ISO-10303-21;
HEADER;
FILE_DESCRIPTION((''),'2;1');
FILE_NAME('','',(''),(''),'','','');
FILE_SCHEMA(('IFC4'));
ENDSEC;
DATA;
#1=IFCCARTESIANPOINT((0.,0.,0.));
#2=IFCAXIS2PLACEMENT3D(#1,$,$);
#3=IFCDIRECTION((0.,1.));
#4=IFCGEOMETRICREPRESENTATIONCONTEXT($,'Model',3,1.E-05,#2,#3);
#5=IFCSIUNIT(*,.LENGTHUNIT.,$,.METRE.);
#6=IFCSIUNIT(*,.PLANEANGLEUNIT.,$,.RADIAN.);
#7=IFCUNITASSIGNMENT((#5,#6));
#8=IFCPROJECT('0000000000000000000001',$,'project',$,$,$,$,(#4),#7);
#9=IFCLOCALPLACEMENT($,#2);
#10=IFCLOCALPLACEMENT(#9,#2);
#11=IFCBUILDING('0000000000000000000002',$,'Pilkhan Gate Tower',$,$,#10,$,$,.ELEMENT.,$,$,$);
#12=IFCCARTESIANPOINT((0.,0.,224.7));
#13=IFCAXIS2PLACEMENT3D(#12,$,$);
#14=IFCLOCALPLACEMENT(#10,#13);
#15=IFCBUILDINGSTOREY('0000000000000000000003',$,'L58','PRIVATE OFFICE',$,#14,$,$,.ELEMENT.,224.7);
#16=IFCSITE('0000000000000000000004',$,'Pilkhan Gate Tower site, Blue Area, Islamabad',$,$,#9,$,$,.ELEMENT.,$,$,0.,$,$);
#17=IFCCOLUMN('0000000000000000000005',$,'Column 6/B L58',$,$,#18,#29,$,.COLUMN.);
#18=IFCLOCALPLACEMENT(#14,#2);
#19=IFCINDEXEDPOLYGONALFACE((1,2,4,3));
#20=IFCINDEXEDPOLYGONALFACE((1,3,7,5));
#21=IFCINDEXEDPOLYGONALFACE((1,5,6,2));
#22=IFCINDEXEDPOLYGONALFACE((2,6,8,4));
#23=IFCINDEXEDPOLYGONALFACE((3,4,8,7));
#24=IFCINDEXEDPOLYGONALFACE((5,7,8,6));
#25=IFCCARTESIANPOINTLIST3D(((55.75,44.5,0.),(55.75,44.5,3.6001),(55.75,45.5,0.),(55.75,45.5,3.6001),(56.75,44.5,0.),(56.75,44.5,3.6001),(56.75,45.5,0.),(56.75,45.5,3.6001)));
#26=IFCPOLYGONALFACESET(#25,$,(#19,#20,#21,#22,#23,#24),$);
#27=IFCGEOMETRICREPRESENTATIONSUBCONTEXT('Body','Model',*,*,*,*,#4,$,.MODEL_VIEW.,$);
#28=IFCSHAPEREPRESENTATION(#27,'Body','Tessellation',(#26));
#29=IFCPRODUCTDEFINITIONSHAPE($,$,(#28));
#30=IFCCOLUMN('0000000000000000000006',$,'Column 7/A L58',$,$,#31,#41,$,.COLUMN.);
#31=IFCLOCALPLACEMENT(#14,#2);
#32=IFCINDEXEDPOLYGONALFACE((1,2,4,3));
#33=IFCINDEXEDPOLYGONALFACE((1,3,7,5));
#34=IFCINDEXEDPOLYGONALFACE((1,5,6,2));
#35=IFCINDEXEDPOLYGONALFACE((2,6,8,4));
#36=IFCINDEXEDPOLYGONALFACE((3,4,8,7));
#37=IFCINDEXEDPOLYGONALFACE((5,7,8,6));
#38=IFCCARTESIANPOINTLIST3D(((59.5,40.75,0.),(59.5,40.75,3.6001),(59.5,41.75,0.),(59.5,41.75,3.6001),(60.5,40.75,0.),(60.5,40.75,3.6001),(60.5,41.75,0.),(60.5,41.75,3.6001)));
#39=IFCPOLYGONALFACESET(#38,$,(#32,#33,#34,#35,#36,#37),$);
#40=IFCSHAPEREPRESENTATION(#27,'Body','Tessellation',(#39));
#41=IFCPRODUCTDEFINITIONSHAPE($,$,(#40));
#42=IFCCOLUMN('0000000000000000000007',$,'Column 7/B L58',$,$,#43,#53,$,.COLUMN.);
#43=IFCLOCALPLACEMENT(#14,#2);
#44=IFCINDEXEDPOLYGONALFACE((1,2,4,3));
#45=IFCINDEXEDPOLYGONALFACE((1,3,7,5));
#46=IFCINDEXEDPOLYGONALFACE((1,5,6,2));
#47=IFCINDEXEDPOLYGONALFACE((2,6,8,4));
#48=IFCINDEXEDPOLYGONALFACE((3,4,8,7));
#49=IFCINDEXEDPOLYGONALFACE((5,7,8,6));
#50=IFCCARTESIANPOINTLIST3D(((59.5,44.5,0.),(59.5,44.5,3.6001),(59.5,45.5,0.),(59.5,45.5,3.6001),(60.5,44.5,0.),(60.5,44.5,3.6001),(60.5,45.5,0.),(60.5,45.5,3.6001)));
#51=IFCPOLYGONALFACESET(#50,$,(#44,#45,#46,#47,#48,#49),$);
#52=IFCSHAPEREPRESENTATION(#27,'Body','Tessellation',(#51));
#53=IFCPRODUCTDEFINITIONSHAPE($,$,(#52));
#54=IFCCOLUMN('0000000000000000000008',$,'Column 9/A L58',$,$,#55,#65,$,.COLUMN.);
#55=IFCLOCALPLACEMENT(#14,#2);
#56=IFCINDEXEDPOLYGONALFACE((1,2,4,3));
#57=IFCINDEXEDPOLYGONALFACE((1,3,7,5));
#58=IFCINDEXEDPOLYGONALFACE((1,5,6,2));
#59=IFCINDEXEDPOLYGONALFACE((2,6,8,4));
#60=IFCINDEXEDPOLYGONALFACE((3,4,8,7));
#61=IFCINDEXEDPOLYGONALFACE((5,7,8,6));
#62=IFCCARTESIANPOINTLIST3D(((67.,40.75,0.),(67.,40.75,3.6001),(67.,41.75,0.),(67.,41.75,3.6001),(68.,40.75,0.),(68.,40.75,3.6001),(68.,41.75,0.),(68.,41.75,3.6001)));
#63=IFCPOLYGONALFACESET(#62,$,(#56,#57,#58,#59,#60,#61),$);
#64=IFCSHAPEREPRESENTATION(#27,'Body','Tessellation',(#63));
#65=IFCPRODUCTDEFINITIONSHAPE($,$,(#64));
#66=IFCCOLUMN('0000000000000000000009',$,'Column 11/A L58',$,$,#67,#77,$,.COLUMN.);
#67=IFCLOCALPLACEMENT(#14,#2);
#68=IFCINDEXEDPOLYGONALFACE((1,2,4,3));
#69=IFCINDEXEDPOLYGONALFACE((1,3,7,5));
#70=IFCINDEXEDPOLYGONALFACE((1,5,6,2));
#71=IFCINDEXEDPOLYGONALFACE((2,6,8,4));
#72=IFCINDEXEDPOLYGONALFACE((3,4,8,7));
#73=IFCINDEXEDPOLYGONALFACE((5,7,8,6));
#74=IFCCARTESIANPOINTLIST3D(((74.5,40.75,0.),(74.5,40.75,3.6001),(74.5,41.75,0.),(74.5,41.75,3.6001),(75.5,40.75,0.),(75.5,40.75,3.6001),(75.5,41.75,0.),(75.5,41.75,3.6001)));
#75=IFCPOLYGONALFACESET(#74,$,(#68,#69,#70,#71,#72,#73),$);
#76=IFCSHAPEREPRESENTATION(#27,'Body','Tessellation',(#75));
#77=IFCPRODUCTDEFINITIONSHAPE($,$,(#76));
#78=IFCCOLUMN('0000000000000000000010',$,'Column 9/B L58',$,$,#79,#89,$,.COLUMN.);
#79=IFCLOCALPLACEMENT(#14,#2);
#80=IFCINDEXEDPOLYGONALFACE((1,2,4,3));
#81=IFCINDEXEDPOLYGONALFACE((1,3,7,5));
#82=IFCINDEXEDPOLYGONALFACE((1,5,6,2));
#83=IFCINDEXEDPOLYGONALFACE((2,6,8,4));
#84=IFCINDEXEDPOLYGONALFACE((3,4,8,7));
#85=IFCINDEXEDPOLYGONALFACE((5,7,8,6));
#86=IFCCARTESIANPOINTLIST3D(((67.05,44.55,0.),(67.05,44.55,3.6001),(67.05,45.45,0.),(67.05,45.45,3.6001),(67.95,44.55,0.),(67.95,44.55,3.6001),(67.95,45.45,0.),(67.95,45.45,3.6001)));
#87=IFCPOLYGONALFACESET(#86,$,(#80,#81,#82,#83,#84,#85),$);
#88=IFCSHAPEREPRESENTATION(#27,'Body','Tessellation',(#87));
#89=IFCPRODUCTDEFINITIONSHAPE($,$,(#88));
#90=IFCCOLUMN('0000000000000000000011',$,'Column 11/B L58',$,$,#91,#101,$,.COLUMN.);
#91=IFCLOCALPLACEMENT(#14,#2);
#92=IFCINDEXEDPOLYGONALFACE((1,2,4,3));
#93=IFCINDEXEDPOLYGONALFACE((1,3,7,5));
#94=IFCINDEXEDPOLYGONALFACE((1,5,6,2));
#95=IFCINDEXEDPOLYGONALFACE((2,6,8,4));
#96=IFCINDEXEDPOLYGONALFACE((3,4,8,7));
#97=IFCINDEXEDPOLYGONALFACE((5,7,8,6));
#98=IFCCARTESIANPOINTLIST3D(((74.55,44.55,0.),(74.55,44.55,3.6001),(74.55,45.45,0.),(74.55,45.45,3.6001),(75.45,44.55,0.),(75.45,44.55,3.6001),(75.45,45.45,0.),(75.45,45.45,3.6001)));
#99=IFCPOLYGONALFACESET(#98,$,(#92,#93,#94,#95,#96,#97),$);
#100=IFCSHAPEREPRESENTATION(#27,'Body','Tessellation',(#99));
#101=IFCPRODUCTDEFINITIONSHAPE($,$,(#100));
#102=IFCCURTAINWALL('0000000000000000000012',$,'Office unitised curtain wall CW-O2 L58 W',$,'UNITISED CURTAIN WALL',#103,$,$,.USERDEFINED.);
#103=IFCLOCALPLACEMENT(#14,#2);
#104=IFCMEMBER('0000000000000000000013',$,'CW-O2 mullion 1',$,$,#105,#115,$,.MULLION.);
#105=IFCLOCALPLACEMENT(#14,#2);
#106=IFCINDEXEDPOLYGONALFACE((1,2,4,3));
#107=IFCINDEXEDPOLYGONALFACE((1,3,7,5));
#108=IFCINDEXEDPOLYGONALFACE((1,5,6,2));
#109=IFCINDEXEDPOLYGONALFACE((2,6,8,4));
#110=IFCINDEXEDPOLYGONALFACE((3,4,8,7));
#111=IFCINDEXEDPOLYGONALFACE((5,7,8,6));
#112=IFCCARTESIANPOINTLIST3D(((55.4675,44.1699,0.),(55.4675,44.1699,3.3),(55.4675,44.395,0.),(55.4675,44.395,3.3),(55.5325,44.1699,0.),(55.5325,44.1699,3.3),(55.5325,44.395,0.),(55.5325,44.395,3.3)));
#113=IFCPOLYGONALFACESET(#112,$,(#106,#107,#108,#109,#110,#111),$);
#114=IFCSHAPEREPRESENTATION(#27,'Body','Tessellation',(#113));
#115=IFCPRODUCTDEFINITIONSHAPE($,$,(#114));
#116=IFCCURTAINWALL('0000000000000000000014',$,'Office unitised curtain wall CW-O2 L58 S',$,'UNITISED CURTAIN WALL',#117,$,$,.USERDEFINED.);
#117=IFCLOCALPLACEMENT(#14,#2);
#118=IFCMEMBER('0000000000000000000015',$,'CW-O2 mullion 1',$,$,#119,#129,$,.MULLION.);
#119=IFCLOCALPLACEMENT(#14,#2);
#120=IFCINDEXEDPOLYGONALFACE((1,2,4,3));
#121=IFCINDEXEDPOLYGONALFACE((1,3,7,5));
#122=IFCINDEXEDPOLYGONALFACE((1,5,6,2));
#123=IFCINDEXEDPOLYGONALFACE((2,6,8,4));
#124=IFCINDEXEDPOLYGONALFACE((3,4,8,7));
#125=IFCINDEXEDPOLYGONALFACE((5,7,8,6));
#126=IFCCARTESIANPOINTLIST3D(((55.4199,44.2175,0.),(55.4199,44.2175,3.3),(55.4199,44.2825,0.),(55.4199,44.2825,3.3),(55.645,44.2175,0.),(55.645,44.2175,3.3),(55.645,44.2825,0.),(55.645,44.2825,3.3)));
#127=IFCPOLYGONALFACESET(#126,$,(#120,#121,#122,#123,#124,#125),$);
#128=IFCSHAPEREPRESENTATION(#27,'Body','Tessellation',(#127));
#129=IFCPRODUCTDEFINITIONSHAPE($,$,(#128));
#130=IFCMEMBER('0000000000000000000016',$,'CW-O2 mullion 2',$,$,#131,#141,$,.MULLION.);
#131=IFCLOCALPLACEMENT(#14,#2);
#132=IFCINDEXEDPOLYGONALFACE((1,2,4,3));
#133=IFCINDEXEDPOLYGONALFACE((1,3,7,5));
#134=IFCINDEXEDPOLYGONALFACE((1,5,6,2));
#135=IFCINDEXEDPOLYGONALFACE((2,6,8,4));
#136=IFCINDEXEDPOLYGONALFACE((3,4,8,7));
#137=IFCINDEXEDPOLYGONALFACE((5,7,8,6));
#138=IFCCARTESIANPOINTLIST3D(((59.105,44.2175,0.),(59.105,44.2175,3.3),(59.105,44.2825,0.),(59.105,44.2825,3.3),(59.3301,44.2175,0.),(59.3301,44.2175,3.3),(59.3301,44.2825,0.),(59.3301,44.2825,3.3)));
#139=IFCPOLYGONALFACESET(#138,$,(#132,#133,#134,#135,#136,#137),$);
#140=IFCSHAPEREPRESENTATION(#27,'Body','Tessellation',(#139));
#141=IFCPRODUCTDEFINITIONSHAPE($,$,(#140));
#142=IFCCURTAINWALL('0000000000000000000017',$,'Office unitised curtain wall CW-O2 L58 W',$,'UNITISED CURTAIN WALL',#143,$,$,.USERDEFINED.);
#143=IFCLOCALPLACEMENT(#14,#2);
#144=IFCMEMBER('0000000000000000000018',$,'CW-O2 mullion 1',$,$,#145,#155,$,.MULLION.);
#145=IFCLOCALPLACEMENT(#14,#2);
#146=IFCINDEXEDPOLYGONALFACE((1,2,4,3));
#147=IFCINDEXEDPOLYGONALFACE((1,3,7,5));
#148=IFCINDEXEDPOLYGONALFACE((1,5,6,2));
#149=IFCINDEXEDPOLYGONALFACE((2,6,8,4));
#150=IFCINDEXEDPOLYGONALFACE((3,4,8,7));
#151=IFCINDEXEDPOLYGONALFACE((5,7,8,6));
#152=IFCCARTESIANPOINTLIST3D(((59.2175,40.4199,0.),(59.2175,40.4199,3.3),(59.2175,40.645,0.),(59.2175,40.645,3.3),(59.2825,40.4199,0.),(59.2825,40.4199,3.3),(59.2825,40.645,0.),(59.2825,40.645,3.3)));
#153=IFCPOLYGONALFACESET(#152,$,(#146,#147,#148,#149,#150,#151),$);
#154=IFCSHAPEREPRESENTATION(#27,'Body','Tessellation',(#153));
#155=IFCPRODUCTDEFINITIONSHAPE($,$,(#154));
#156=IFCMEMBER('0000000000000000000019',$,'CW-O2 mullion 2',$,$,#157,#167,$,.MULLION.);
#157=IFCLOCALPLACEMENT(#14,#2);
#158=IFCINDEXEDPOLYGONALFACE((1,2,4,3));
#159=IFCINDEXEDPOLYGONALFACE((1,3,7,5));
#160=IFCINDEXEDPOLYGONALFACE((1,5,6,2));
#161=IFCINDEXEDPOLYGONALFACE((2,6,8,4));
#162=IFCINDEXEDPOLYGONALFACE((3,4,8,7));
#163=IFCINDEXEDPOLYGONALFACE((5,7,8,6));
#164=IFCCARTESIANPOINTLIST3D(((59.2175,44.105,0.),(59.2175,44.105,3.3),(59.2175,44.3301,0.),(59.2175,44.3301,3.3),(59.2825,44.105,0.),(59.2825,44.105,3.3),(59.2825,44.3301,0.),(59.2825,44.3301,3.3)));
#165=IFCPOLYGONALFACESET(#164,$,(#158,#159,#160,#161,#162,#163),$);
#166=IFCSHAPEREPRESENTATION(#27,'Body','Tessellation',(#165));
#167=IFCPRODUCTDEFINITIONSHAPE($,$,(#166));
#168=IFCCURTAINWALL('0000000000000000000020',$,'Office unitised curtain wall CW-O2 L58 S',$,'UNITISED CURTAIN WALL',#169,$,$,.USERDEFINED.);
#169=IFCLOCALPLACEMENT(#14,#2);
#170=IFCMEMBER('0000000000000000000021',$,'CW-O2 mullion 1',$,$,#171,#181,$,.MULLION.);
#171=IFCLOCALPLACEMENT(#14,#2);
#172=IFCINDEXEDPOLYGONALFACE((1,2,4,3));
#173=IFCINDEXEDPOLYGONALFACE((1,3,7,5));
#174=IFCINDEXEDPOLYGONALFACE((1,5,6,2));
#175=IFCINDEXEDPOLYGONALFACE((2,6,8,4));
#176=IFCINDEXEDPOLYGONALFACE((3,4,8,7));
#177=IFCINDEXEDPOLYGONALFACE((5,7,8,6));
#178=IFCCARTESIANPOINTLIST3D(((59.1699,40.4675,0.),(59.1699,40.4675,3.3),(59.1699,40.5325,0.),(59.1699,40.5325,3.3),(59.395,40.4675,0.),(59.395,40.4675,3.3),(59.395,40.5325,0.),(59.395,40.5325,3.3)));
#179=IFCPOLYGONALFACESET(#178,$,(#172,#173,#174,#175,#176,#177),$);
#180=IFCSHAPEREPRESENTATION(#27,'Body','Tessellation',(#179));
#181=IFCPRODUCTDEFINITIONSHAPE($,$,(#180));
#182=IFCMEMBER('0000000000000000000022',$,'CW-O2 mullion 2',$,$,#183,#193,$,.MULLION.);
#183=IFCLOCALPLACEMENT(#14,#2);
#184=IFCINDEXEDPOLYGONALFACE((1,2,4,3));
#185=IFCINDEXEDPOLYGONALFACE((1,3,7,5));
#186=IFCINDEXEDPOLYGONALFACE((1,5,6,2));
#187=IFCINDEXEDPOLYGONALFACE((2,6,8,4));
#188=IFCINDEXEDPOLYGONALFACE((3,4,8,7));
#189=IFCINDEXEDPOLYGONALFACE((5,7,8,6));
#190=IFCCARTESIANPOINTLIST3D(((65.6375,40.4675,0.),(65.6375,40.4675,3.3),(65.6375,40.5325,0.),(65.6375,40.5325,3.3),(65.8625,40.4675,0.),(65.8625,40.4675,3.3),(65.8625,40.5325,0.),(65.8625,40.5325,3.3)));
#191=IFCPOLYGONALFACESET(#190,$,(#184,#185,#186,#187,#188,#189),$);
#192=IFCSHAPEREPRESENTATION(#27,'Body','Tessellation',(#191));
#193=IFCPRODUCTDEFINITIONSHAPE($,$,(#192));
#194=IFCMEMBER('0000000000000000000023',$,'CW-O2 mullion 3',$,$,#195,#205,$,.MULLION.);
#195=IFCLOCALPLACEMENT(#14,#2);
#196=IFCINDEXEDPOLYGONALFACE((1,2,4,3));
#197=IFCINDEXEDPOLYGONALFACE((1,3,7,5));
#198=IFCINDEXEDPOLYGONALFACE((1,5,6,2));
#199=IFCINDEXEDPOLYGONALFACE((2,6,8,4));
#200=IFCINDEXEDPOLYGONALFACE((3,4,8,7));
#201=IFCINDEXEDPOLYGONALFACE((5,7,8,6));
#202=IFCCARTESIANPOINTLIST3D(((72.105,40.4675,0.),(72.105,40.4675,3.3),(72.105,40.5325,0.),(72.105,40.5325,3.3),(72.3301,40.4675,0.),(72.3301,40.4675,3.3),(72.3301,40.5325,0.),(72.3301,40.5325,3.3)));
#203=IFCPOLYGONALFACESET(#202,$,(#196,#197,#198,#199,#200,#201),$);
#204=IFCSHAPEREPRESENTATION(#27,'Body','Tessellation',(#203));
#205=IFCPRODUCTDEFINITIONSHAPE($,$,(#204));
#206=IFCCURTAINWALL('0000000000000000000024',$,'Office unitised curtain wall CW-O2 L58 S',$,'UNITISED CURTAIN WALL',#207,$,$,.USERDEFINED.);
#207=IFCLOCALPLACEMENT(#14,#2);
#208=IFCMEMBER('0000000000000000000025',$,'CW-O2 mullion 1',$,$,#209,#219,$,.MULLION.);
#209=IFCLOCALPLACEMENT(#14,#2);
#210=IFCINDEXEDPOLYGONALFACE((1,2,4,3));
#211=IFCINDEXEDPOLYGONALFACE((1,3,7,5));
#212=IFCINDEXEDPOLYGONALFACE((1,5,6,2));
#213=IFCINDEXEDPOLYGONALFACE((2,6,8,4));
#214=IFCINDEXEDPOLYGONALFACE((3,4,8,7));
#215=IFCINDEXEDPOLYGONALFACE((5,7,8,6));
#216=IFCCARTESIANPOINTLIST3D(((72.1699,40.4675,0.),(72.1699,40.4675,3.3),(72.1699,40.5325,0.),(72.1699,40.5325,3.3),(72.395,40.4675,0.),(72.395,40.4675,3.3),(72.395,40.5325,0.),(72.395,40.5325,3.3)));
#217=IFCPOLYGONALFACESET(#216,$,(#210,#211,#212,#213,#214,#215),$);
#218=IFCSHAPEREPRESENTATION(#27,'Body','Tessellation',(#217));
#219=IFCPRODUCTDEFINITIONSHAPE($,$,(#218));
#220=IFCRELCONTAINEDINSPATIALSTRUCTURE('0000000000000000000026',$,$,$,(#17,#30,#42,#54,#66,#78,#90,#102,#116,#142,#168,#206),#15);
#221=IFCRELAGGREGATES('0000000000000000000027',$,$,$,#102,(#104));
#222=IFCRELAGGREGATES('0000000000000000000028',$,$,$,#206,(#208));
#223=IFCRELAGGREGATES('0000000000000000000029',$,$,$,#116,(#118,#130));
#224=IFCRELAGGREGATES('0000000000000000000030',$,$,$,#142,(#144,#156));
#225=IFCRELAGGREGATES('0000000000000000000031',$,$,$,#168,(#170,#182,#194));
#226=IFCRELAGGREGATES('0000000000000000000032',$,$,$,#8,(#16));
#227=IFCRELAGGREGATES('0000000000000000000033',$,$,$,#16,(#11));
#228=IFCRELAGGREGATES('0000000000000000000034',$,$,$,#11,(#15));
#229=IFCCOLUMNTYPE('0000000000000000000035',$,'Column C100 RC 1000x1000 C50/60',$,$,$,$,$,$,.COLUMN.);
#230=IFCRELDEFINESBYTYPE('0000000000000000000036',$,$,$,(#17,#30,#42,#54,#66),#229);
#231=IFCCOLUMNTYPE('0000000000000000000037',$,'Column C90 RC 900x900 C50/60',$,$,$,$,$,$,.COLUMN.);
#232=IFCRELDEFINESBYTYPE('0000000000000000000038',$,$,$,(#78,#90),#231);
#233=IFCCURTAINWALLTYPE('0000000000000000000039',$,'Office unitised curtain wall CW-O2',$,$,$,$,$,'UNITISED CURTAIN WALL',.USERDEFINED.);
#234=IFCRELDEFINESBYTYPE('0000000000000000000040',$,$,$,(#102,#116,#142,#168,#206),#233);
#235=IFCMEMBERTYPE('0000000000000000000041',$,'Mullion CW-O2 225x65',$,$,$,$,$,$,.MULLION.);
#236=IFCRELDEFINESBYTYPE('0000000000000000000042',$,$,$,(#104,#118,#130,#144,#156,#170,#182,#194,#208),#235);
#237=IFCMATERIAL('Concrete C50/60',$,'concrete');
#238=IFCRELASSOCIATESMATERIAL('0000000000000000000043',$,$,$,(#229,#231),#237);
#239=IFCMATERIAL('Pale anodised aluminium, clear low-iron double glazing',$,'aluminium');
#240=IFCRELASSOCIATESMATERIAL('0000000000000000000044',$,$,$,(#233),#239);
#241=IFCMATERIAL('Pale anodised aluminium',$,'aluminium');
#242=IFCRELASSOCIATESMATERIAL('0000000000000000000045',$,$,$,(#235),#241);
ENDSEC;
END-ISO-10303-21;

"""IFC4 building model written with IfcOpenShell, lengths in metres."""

from ifc_helpers import new_model, si_unit, direction, frame, origin, origin_2d, place, context, subcontext, project, spatial, rectangle, extrude, material, material_profile, profile_set, type_object, element, aggregate, save


model = new_model("IFC4")

# Units and contexts
model_context = context("Model", 3, precision=1e-05, world=origin(), true_north=direction((0.0, 1.0)))
body_context = subcontext(model_context, "Body", "Model", "MODEL_VIEW")
ifc_project = project(units=[si_unit("LENGTHUNIT", "METRE"), si_unit("PLANEANGLEUNIT", "RADIAN")], contexts=[model_context])

# Site, building, storey
site_placement = place(None, origin())
site = spatial("IfcSite", under=ifc_project, at=site_placement, Name="Pilkhan Gate Tower site, Blue Area, Islamabad", CompositionType="ELEMENT", RefElevation=0.0)
building_placement = place(site_placement, origin())
building = spatial("IfcBuilding", under=site, at=building_placement, Name="Pilkhan Gate Tower", CompositionType="ELEMENT")
storey_placement = place(building_placement, frame((0.0, 0.0, 224.7)))
storey = spatial("IfcBuildingStorey", under=building, at=storey_placement, Name="L58", Description="PRIVATE OFFICE", CompositionType="ELEMENT", Elevation=224.7)

# Columns
ifc_material_1 = material(Name="Concrete C50/60", Category="concrete")
ifc_material_profile_1 = material_profile(ifc_material_1, rectangle(XDim=1.0, YDim=1.0, at=origin_2d()), Name="RC 1000x1000")
ifc_profile_set_1 = profile_set([ifc_material_profile_1], Name="Concrete C50/60")
column_type_1 = type_object("IfcColumnType", Name="Column C100 RC 1000x1000 C50/60", PredefinedType="COLUMN", material=ifc_profile_set_1)
for number, where, z_axis, x_axis, name in (
    (1, (56.25, 45.0, 0.0), (0.0, 0.0, 1.0), (1.0, 0.0, 0.0), "Column 6/B L58"),
    (2, (60.0, 41.25, 0.0), (0.0, 0.0, 1.0), (1.0, 0.0, 0.0), "Column 7/A L58"),
    (3, (60.0, 45.0, 0.0), (0.0, 0.0, 1.0), (1.0, 0.0, 0.0), "Column 7/B L58"),
    (4, (67.5, 41.25, 0.0), (0.0, 0.0, 1.0), (1.0, 0.0, 0.0), "Column 9/A L58"),
    (5, (75.0, 41.25, 0.0), (0.0, 0.0, 1.0), (1.0, 0.0, 0.0), "Column 11/A L58"),
):
    element("IfcColumn", number, at=place(storey_placement, frame(where, z_axis=z_axis, x_axis=x_axis)), inside=storey, type_object=column_type_1, Name=name, PredefinedType="COLUMN", context=body_context, shape_type="SweptSolid", body=[
        extrude(rectangle(XDim=1.0, YDim=1.0, at=origin_2d()), origin(), (0.0, 0.0, 1.0), 3.6001),
    ])
ifc_material_profile_2 = material_profile(ifc_material_1, rectangle(XDim=0.8999, YDim=0.8999, at=origin_2d()), Name="RC 900x900")
ifc_profile_set_2 = profile_set([ifc_material_profile_2], Name="Concrete C50/60")
column_type_2 = type_object("IfcColumnType", Name="Column C90 RC 900x900 C50/60", PredefinedType="COLUMN", material=ifc_profile_set_2)
for number, where, z_axis, x_axis, name in (
    (6, (67.5, 45.0, 0.0), (0.0, 0.0, 1.0), (1.0, 0.0, 0.0), "Column 9/B L58"),
    (7, (75.0, 45.0, 0.0), (0.0, 0.0, 1.0), (1.0, 0.0, 0.0), "Column 11/B L58"),
):
    element("IfcColumn", number, at=place(storey_placement, frame(where, z_axis=z_axis, x_axis=x_axis)), inside=storey, type_object=column_type_2, Name=name, PredefinedType="COLUMN", context=body_context, shape_type="SweptSolid", body=[
        extrude(rectangle(XDim=0.8999, YDim=0.8999, at=origin_2d()), origin(), (0.0, 0.0, 1.0), 3.6001),
    ])

# Curtain wall, member
ifc_material_2 = material(Name="Pale anodised aluminium, clear low-iron double glazing", Category="aluminium")
curtain_wall_type = type_object("IfcCurtainWallType", Name="Office unitised curtain wall CW-O2", ElementType="UNITISED CURTAIN WALL", PredefinedType="USERDEFINED", material=ifc_material_2)
curtain_wall_1_placement = place(storey_placement, origin())
curtain_wall_1 = element("IfcCurtainWall", 8, at=curtain_wall_1_placement, inside=storey, type_object=curtain_wall_type, Name="Office unitised curtain wall CW-O2 L58 W", ObjectType="UNITISED CURTAIN WALL", PredefinedType="USERDEFINED")
ifc_material_3 = material(Name="Pale anodised aluminium", Category="aluminium")
ifc_material_profile_3 = material_profile(ifc_material_3, rectangle(XDim=0.0649, YDim=0.2251, at=origin_2d()), Name="Mullion 225x65")
ifc_profile_set_3 = profile_set([ifc_material_profile_3], Name="Pale anodised aluminium")
member_type_1 = type_object("IfcMemberType", Name="Mullion CW-O2 225x65", PredefinedType="MULLION", material=ifc_profile_set_3)
member_1_placement = place(storey_placement, frame((55.5, 44.2825, 0.0), z_axis=(0.0, 0.0, 1.0), x_axis=(-1.0, 0.0, 0.0)))
member_1 = element("IfcMember", 9, at=member_1_placement, type_object=member_type_1, Name="CW-O2 mullion 1", PredefinedType="MULLION", context=body_context, shape_type="SweptSolid", body=[
    extrude(rectangle(XDim=0.0649, YDim=0.2251, at=origin_2d()), origin(), (0.0, 0.0, 1.0), 3.3),
])

# Curtain walls, members
curtain_wall_2_placement = place(storey_placement, origin())
curtain_wall_2 = element("IfcCurtainWall", 10, at=curtain_wall_2_placement, inside=storey, type_object=curtain_wall_type, Name="Office unitised curtain wall CW-O2 L58 S", ObjectType="UNITISED CURTAIN WALL", PredefinedType="USERDEFINED")
member_2_placement = place(storey_placement, frame((55.5325, 44.25, 0.0), z_axis=(0.0, 0.0, 1.0), x_axis=(0.0, 1.0, 0.0)))
member_2 = element("IfcMember", 11, at=member_2_placement, type_object=member_type_1, Name="CW-O2 mullion 1", PredefinedType="MULLION", context=body_context, shape_type="SweptSolid", body=[
    extrude(rectangle(XDim=0.0649, YDim=0.2251, at=origin_2d()), origin(), (0.0, 0.0, 1.0), 3.3),
])
member_3_placement = place(storey_placement, frame((59.2175, 44.25, 0.0), z_axis=(0.0, 0.0, 1.0), x_axis=(0.0, 1.0, 0.0)))
member_3 = element("IfcMember", 12, at=member_3_placement, type_object=member_type_1, Name="CW-O2 mullion 2", PredefinedType="MULLION", context=body_context, shape_type="SweptSolid", body=[
    extrude(rectangle(XDim=0.0649, YDim=0.2251, at=origin_2d()), origin(), (0.0, 0.0, 1.0), 3.3),
])
curtain_wall_3_placement = place(storey_placement, origin())
curtain_wall_3 = element("IfcCurtainWall", 13, at=curtain_wall_3_placement, inside=storey, type_object=curtain_wall_type, Name="Office unitised curtain wall CW-O2 L58 W", ObjectType="UNITISED CURTAIN WALL", PredefinedType="USERDEFINED")
member_4_placement = place(storey_placement, frame((59.25, 40.5325, 0.0), z_axis=(0.0, 0.0, 1.0), x_axis=(-1.0, 0.0, 0.0)))
member_4 = element("IfcMember", 14, at=member_4_placement, type_object=member_type_1, Name="CW-O2 mullion 1", PredefinedType="MULLION", context=body_context, shape_type="SweptSolid", body=[
    extrude(rectangle(XDim=0.0649, YDim=0.2251, at=origin_2d()), origin(), (0.0, 0.0, 1.0), 3.3),
])
member_5_placement = place(storey_placement, frame((59.25, 44.2175, 0.0), z_axis=(0.0, 0.0, 1.0), x_axis=(-1.0, 0.0, 0.0)))
member_5 = element("IfcMember", 15, at=member_5_placement, type_object=member_type_1, Name="CW-O2 mullion 2", PredefinedType="MULLION", context=body_context, shape_type="SweptSolid", body=[
    extrude(rectangle(XDim=0.0649, YDim=0.2251, at=origin_2d()), origin(), (0.0, 0.0, 1.0), 3.3),
])
curtain_wall_4_placement = place(storey_placement, origin())
curtain_wall_4 = element("IfcCurtainWall", 16, at=curtain_wall_4_placement, inside=storey, type_object=curtain_wall_type, Name="Office unitised curtain wall CW-O2 L58 S", ObjectType="UNITISED CURTAIN WALL", PredefinedType="USERDEFINED")
member_6_placement = place(storey_placement, frame((59.2825, 40.5, 0.0), z_axis=(0.0, 0.0, 1.0), x_axis=(0.0, 1.0, 0.0)))
member_6 = element("IfcMember", 17, at=member_6_placement, type_object=member_type_1, Name="CW-O2 mullion 1", PredefinedType="MULLION", context=body_context, shape_type="SweptSolid", body=[
    extrude(rectangle(XDim=0.0649, YDim=0.2251, at=origin_2d()), origin(), (0.0, 0.0, 1.0), 3.3),
])
member_7_placement = place(storey_placement, frame((65.75, 40.5, 0.0), z_axis=(0.0, 0.0, 1.0), x_axis=(0.0, 1.0, 0.0)))
member_7 = element("IfcMember", 18, at=member_7_placement, type_object=member_type_1, Name="CW-O2 mullion 2", PredefinedType="MULLION", context=body_context, shape_type="SweptSolid", body=[
    extrude(rectangle(XDim=0.0649, YDim=0.2251, at=origin_2d()), origin(), (0.0, 0.0, 1.0), 3.3),
])
member_8_placement = place(storey_placement, frame((72.2175, 40.5, 0.0), z_axis=(0.0, 0.0, 1.0), x_axis=(0.0, 1.0, 0.0)))
member_8 = element("IfcMember", 19, at=member_8_placement, type_object=member_type_1, Name="CW-O2 mullion 3", PredefinedType="MULLION", context=body_context, shape_type="SweptSolid", body=[
    extrude(rectangle(XDim=0.0649, YDim=0.2251, at=origin_2d()), origin(), (0.0, 0.0, 1.0), 3.3),
])

# Curtain wall, member
curtain_wall_5_placement = place(storey_placement, origin())
curtain_wall_5 = element("IfcCurtainWall", 20, at=curtain_wall_5_placement, inside=storey, type_object=curtain_wall_type, Name="Office unitised curtain wall CW-O2 L58 S", ObjectType="UNITISED CURTAIN WALL", PredefinedType="USERDEFINED")
member_9_placement = place(storey_placement, frame((72.2825, 40.5, 0.0), z_axis=(0.0, 0.0, 1.0), x_axis=(0.0, 1.0, 0.0)))
member_9 = element("IfcMember", 21, at=member_9_placement, type_object=member_type_1, Name="CW-O2 mullion 1", PredefinedType="MULLION", context=body_context, shape_type="SweptSolid", body=[
    extrude(rectangle(XDim=0.0649, YDim=0.2251, at=origin_2d()), origin(), (0.0, 0.0, 1.0), 3.3),
])

aggregate(curtain_wall_1, [member_1])
aggregate(curtain_wall_5, [member_9])

aggregate(curtain_wall_2, [member_2, member_3])
aggregate(curtain_wall_3, [member_4, member_5])
aggregate(curtain_wall_4, [member_6, member_7, member_8])

save(model, "model.ifc")
